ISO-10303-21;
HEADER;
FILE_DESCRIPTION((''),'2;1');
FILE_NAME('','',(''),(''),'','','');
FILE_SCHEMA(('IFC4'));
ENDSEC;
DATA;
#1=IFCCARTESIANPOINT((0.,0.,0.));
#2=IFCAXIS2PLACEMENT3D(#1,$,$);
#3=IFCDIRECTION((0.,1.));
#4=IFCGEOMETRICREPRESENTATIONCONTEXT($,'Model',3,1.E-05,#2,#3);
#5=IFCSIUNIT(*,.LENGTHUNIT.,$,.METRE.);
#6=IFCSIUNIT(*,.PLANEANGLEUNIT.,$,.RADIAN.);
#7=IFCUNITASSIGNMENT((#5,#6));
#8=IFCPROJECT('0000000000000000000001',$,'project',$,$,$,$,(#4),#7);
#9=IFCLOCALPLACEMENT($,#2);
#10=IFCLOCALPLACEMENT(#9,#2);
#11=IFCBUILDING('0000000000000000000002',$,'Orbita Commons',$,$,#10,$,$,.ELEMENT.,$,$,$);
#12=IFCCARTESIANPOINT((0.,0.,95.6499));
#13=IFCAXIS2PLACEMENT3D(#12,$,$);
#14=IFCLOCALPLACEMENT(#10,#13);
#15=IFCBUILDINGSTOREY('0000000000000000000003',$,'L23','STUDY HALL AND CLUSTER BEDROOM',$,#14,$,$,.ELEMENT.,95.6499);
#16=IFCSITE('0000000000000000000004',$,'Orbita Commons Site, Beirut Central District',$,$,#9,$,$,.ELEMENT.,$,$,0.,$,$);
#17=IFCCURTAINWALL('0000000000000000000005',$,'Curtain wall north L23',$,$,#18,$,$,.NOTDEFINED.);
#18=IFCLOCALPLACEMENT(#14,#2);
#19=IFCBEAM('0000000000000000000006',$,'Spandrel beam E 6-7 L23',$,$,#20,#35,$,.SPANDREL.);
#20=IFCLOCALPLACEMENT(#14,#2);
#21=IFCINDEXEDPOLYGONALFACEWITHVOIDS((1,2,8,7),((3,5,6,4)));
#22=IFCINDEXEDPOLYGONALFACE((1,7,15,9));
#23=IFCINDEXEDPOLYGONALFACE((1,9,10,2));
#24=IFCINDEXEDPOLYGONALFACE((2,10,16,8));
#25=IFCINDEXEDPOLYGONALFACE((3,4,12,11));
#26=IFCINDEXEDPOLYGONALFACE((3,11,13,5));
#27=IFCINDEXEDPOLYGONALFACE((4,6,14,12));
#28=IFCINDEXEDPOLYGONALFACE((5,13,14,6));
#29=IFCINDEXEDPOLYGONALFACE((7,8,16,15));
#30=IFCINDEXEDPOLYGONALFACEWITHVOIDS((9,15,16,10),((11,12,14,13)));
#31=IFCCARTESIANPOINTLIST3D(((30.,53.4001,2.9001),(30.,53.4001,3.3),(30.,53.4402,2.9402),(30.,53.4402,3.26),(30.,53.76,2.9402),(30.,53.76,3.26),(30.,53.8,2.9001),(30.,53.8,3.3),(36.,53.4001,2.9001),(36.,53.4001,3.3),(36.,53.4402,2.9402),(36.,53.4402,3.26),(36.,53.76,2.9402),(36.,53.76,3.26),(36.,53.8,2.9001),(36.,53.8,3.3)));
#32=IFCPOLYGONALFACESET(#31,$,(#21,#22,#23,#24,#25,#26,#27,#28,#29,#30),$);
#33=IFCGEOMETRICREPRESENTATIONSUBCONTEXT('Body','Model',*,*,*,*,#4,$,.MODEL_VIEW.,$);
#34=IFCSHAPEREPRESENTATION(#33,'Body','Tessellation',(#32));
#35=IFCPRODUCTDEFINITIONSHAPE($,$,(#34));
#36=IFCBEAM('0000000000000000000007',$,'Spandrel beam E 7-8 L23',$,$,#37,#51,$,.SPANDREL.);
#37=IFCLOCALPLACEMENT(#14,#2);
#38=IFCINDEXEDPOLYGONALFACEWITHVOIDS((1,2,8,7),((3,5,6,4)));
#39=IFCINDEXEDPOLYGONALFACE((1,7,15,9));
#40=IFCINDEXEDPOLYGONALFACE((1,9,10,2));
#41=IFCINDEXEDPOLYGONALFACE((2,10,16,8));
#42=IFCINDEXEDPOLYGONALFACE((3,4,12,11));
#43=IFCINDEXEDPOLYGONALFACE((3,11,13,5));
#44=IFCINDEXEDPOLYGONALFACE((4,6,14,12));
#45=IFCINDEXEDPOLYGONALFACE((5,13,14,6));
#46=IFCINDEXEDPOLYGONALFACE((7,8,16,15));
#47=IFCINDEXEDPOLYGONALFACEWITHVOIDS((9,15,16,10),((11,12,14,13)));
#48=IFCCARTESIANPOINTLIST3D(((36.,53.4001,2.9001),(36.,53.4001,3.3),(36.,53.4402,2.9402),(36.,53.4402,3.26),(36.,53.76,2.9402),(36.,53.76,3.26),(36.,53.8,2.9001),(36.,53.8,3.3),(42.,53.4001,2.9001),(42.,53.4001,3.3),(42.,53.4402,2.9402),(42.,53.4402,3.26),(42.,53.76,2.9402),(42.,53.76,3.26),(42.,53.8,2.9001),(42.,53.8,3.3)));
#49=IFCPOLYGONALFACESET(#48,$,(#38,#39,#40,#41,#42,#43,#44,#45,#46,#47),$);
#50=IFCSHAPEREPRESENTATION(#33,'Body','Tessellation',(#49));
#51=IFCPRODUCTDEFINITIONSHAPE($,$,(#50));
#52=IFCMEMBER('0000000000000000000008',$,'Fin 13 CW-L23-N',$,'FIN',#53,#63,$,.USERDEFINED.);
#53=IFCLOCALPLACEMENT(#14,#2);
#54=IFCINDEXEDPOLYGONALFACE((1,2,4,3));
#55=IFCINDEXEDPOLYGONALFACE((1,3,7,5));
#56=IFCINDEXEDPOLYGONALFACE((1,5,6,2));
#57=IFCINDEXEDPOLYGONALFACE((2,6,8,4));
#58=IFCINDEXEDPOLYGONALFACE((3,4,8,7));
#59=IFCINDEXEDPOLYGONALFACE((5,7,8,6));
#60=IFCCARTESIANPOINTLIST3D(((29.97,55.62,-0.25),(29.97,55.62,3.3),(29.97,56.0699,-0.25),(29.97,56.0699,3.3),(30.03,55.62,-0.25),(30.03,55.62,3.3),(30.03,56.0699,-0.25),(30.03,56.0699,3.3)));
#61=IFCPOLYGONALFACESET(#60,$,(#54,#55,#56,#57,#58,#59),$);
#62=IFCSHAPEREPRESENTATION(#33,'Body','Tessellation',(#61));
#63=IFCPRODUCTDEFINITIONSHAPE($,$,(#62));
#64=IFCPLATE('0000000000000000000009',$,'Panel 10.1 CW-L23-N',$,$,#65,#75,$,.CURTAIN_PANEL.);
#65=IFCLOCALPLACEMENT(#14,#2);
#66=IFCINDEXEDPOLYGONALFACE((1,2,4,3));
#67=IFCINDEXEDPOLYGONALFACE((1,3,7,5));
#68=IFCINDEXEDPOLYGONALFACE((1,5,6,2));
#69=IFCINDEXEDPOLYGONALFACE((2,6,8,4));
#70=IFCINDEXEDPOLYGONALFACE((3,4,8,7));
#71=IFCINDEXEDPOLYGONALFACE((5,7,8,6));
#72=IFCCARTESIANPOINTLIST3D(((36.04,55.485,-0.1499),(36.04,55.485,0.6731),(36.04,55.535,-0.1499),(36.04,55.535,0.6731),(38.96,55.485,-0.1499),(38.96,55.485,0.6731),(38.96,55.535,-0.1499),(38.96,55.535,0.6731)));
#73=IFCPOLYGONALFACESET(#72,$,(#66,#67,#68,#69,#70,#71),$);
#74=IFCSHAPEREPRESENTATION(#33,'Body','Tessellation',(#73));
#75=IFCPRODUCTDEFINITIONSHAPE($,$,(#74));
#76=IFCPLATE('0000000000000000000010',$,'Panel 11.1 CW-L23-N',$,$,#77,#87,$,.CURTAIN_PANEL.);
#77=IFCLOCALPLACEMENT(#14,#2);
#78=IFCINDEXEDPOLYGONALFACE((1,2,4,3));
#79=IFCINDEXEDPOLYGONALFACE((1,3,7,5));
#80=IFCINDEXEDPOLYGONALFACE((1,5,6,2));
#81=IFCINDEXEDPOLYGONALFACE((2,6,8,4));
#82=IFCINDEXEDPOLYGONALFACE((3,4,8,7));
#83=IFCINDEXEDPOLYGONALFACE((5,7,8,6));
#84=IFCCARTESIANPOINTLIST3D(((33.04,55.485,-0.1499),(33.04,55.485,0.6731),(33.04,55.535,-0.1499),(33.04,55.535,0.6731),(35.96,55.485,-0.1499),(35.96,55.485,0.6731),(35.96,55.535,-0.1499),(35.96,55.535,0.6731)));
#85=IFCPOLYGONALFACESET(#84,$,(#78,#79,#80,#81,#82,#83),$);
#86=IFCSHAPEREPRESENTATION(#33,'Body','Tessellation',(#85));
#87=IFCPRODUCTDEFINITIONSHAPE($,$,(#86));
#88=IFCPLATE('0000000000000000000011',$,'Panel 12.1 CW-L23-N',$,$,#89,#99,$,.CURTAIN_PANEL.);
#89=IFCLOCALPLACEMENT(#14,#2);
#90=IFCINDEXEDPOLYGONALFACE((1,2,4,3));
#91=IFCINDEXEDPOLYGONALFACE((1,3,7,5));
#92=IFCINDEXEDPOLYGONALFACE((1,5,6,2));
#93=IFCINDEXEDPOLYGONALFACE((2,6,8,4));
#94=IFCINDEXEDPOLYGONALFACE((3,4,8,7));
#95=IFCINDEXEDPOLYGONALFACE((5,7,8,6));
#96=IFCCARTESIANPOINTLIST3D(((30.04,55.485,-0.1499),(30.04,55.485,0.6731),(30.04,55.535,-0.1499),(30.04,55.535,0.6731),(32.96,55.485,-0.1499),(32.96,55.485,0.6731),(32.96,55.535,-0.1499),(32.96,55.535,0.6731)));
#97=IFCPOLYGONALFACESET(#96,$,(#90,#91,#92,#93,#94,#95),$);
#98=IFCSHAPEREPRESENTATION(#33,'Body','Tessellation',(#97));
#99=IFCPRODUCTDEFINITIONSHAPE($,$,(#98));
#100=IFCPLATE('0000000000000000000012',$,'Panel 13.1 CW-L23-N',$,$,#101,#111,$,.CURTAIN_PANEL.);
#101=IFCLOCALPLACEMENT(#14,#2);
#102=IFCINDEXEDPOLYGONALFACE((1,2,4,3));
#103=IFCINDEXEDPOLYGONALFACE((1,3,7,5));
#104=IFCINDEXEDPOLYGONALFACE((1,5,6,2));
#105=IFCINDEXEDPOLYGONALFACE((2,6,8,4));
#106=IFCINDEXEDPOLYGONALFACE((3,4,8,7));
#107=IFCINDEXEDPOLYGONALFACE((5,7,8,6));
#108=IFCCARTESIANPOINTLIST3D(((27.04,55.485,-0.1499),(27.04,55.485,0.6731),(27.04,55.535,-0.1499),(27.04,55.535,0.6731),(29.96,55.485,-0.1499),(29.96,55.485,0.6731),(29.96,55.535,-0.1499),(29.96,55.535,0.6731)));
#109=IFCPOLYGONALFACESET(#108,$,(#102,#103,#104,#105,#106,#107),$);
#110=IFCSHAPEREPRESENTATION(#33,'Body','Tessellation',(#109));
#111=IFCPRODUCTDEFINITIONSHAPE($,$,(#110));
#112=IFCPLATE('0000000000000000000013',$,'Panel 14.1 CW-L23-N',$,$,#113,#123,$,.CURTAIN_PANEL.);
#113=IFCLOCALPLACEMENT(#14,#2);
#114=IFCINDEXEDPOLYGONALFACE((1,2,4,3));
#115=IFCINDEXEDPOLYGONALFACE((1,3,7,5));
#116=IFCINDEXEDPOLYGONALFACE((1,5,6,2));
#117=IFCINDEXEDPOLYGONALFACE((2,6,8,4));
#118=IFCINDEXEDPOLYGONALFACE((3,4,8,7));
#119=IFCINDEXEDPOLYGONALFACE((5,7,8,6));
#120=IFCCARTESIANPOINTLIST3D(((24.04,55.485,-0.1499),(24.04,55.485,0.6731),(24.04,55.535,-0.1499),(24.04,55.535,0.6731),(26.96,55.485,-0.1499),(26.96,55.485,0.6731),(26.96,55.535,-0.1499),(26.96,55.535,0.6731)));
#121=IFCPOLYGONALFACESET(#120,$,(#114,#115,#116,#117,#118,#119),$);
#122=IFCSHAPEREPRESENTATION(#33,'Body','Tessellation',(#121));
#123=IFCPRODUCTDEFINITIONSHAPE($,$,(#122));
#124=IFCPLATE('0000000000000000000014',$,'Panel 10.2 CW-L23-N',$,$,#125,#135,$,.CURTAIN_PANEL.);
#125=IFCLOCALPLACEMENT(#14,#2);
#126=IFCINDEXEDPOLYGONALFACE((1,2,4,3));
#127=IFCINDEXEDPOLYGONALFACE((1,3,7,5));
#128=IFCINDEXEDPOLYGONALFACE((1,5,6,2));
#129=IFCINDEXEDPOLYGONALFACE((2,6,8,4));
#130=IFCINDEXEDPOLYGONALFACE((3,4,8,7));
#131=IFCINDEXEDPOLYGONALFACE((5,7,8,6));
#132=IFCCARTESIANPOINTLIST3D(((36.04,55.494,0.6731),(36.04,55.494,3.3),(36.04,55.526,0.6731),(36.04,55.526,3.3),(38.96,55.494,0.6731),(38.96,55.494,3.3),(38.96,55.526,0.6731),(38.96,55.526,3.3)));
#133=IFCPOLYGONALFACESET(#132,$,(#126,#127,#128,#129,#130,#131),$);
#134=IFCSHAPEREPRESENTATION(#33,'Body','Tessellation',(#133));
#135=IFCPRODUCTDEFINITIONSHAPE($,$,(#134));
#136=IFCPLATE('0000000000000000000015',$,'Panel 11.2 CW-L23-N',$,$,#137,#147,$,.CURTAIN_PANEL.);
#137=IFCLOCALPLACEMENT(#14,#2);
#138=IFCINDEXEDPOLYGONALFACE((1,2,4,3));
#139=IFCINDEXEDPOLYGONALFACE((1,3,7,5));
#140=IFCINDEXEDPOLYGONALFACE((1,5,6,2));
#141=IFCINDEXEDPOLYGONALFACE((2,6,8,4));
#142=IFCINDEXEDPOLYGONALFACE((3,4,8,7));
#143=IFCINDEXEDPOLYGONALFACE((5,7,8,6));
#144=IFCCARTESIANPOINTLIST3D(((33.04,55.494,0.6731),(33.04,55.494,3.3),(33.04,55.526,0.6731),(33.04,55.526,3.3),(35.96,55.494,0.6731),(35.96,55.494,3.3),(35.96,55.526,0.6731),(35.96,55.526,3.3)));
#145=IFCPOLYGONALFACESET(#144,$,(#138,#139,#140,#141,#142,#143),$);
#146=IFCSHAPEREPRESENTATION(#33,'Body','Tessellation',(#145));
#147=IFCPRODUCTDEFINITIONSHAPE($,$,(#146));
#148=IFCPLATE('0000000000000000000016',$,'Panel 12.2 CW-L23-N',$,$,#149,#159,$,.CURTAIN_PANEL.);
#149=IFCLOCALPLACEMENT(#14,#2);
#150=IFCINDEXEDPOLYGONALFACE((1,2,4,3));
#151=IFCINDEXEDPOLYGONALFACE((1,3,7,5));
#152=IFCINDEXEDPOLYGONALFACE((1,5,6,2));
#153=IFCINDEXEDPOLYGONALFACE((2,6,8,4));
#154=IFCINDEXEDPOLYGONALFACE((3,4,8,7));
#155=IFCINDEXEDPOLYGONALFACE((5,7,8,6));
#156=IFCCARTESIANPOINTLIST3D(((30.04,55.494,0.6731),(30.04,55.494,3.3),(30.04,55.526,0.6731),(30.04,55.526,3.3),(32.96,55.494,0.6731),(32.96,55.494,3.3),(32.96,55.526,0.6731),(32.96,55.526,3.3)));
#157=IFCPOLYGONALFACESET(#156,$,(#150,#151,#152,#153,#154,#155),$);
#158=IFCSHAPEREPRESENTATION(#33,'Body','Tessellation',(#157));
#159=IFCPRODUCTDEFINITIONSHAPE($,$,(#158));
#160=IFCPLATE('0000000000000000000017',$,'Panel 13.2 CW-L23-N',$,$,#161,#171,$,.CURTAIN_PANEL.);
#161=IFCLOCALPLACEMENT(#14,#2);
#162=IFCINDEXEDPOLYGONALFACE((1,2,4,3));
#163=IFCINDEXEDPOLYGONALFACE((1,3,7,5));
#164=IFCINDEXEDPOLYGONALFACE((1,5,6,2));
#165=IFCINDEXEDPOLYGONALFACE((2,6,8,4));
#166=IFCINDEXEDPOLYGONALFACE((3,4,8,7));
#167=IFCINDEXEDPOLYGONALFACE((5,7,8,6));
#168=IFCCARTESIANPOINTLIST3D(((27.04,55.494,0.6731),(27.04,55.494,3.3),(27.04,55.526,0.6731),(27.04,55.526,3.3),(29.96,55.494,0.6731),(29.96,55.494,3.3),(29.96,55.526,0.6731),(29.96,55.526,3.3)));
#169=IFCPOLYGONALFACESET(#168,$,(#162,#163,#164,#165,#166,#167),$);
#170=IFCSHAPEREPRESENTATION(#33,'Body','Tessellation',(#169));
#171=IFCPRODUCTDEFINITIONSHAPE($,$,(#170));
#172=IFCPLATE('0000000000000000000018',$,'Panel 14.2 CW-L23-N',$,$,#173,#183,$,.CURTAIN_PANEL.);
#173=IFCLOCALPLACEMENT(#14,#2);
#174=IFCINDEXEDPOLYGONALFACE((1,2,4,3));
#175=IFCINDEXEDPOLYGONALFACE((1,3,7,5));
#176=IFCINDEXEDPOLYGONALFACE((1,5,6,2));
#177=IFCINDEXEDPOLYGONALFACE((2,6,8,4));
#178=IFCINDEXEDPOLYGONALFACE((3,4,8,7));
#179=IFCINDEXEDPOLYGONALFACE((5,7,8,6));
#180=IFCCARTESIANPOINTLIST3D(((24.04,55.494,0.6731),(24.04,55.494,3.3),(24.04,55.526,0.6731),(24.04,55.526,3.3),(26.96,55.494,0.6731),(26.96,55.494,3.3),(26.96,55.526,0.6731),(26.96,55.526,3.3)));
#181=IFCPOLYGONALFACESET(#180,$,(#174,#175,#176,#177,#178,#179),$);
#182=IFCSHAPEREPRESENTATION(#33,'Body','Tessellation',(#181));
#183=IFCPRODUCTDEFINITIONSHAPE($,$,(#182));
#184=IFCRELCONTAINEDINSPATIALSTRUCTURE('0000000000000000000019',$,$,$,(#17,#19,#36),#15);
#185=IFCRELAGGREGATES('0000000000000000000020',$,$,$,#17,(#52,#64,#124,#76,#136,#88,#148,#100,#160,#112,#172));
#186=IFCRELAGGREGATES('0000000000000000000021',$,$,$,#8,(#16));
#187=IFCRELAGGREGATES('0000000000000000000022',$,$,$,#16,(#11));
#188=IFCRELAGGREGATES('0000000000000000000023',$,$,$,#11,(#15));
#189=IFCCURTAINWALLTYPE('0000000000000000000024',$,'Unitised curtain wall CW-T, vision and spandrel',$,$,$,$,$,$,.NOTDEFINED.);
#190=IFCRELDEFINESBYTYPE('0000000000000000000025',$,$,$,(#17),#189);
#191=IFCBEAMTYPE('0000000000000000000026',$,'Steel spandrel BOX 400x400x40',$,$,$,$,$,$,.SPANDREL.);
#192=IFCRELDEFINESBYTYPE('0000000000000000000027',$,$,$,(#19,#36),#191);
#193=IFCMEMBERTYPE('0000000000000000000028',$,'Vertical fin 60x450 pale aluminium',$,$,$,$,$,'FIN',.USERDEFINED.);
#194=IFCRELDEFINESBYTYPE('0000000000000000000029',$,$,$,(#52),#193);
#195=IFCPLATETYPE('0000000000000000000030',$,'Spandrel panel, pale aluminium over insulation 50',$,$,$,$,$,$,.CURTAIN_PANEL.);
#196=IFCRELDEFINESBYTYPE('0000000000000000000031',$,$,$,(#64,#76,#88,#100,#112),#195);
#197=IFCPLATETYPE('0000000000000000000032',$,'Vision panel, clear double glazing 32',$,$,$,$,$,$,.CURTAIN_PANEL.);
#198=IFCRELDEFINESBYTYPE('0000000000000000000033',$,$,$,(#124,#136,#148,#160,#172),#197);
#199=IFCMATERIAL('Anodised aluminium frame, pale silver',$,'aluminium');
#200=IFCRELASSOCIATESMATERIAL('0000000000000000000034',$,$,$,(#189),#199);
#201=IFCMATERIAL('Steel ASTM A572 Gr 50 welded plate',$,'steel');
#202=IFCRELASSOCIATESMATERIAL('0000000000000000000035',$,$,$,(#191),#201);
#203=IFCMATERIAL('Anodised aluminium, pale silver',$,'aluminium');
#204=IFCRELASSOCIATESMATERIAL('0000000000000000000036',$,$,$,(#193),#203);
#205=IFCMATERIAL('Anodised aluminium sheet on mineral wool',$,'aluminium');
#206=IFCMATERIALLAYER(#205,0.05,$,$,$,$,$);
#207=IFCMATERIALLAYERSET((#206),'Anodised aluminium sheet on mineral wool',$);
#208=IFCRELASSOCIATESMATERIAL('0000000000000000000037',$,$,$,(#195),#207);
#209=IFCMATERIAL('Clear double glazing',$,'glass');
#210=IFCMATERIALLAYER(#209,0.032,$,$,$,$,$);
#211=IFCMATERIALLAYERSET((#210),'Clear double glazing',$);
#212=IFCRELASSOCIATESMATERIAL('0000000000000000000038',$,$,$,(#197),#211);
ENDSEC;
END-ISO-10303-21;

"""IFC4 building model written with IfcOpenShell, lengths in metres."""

from ifc_helpers import new_model, si_unit, direction, frame, origin, origin_2d, place, context, subcontext, project, spatial, rectangle, hollow_rectangle, extrude, material, layer, layer_set, material_profile, profile_set, type_object, element, aggregate, save


model = new_model("IFC4")

# Units and contexts
model_context = context("Model", 3, precision=1e-05, world=origin(), true_north=direction((0.0, 1.0)))
body_context = subcontext(model_context, "Body", "Model", "MODEL_VIEW")
ifc_project = project(units=[si_unit("LENGTHUNIT", "METRE"), si_unit("PLANEANGLEUNIT", "RADIAN")], contexts=[model_context])

# Site, building, storey
site_placement = place(None, origin())
site = spatial("IfcSite", under=ifc_project, at=site_placement, Name="Orbita Commons Site, Beirut Central District", CompositionType="ELEMENT", RefElevation=0.0)
building_placement = place(site_placement, origin())
building = spatial("IfcBuilding", under=site, at=building_placement, Name="Orbita Commons", CompositionType="ELEMENT")
storey_placement = place(building_placement, frame((0.0, 0.0, 95.6499)))
storey = spatial("IfcBuildingStorey", under=building, at=storey_placement, Name="L23", Description="STUDY HALL AND CLUSTER BEDROOM", CompositionType="ELEMENT", Elevation=95.6499)

# Curtain wall
ifc_material_1 = material(Name="Anodised aluminium frame, pale silver", Category="aluminium")
curtain_wall_type = type_object("IfcCurtainWallType", Name="Unitised curtain wall CW-T, vision and spandrel", PredefinedType="NOTDEFINED", material=ifc_material_1)
curtain_wall_placement = place(storey_placement, origin())
curtain_wall = element("IfcCurtainWall", 1, at=curtain_wall_placement, inside=storey, type_object=curtain_wall_type, Name="Curtain wall north L23", PredefinedType="NOTDEFINED")

# Beams
ifc_material_2 = material(Name="Steel ASTM A572 Gr 50 welded plate", Category="steel")
ifc_material_profile_1 = material_profile(ifc_material_2, hollow_rectangle(XDim=0.3999, YDim=0.3999, WallThickness=0.04, at=origin_2d()), Name="BOX 400x400x40")
ifc_profile_set_1 = profile_set([ifc_material_profile_1], Name="Steel ASTM A572 Gr 50 welded plate")
beam_type = type_object("IfcBeamType", Name="Steel spandrel BOX 400x400x40", PredefinedType="SPANDREL", material=ifc_profile_set_1)
for number, where, z_axis, x_axis, name in (
    (2, (30.0, 53.6001, 3.1001), (1.0, 0.0, 0.0), (0.0, 1.0, 0.0), "Spandrel beam E 6-7 L23"),
    (3, (36.0, 53.6001, 3.1001), (1.0, 0.0, 0.0), (0.0, 1.0, 0.0), "Spandrel beam E 7-8 L23"),
):
    element("IfcBeam", number, at=place(storey_placement, frame(where, z_axis=z_axis, x_axis=x_axis)), inside=storey, type_object=beam_type, Name=name, PredefinedType="SPANDREL", context=body_context, shape_type="SweptSolid", body=[
        extrude(hollow_rectangle(XDim=0.3999, YDim=0.3999, WallThickness=0.04, at=origin_2d()), origin(), (0.0, 0.0, 1.0), 6.0),
    ])

# Member
ifc_material_3 = material(Name="Anodised aluminium, pale silver", Category="aluminium")
ifc_material_profile_2 = material_profile(ifc_material_3, rectangle(XDim=0.0601, YDim=0.45, at=origin_2d()), Name="FIN 60x450")
ifc_profile_set_2 = profile_set([ifc_material_profile_2], Name="Anodised aluminium, pale silver")
member_type_1 = type_object("IfcMemberType", Name="Vertical fin 60x450 pale aluminium", ElementType="FIN", PredefinedType="USERDEFINED", material=ifc_profile_set_2)
member_1_placement = place(storey_placement, frame((30.0, 55.845, -0.25), z_axis=(0.0, 0.0, 1.0), x_axis=(-1.0, 0.0, 0.0)))
member_1 = element("IfcMember", 4, at=member_1_placement, type_object=member_type_1, Name="Fin 13 CW-L23-N", ObjectType="FIN", PredefinedType="USERDEFINED", context=body_context, shape_type="SweptSolid", body=[
    extrude(rectangle(XDim=0.0601, YDim=0.45, at=origin_2d()), origin(), (0.0, 0.0, 1.0), 3.55),
])

# Plates
ifc_material_4 = material(Name="Anodised aluminium sheet on mineral wool", Category="aluminium")
ifc_layer_1 = layer(ifc_material_4, 0.05)
ifc_layer_set_1 = layer_set([ifc_layer_1], Name="Anodised aluminium sheet on mineral wool")
plate_type_1 = type_object("IfcPlateType", Name="Spandrel panel, pale aluminium over insulation 50", PredefinedType="CURTAIN_PANEL", material=ifc_layer_set_1)
plate_1_placement = place(storey_placement, frame((37.5, 55.51, -0.1499), z_axis=(0.0, 0.0, 1.0), x_axis=(-1.0, 0.0, 0.0)))
plate_1 = element("IfcPlate", 5, at=plate_1_placement, type_object=plate_type_1, Name="Panel 10.1 CW-L23-N", PredefinedType="CURTAIN_PANEL", context=body_context, shape_type="SweptSolid", body=[
    extrude(rectangle(XDim=2.9199, YDim=0.05, at=origin_2d()), origin(), (0.0, 0.0, 1.0), 0.823),
])
plate_2_placement = place(storey_placement, frame((34.5, 55.51, -0.1499), z_axis=(0.0, 0.0, 1.0), x_axis=(-1.0, 0.0, 0.0)))
plate_2 = element("IfcPlate", 6, at=plate_2_placement, type_object=plate_type_1, Name="Panel 11.1 CW-L23-N", PredefinedType="CURTAIN_PANEL", context=body_context, shape_type="SweptSolid", body=[
    extrude(rectangle(XDim=2.9199, YDim=0.05, at=origin_2d()), origin(), (0.0, 0.0, 1.0), 0.823),
])
plate_3_placement = place(storey_placement, frame((31.5, 55.51, -0.1499), z_axis=(0.0, 0.0, 1.0), x_axis=(-1.0, 0.0, 0.0)))
plate_3 = element("IfcPlate", 7, at=plate_3_placement, type_object=plate_type_1, Name="Panel 12.1 CW-L23-N", PredefinedType="CURTAIN_PANEL", context=body_context, shape_type="SweptSolid", body=[
    extrude(rectangle(XDim=2.9199, YDim=0.05, at=origin_2d()), origin(), (0.0, 0.0, 1.0), 0.823),
])
plate_4_placement = place(storey_placement, frame((28.5, 55.51, -0.1499), z_axis=(0.0, 0.0, 1.0), x_axis=(-1.0, 0.0, 0.0)))
plate_4 = element("IfcPlate", 8, at=plate_4_placement, type_object=plate_type_1, Name="Panel 13.1 CW-L23-N", PredefinedType="CURTAIN_PANEL", context=body_context, shape_type="SweptSolid", body=[
    extrude(rectangle(XDim=2.9199, YDim=0.05, at=origin_2d()), origin(), (0.0, 0.0, 1.0), 0.823),
])
plate_5_placement = place(storey_placement, frame((25.5, 55.51, -0.1499), z_axis=(0.0, 0.0, 1.0), x_axis=(-1.0, 0.0, 0.0)))
plate_5 = element("IfcPlate", 9, at=plate_5_placement, type_object=plate_type_1, Name="Panel 14.1 CW-L23-N", PredefinedType="CURTAIN_PANEL", context=body_context, shape_type="SweptSolid", body=[
    extrude(rectangle(XDim=2.9199, YDim=0.05, at=origin_2d()), origin(), (0.0, 0.0, 1.0), 0.823),
])
ifc_material_5 = material(Name="Clear double glazing", Category="glass")
ifc_layer_2 = layer(ifc_material_5, 0.032)
ifc_layer_set_2 = layer_set([ifc_layer_2], Name="Clear double glazing")
plate_type_2 = type_object("IfcPlateType", Name="Vision panel, clear double glazing 32", PredefinedType="CURTAIN_PANEL", material=ifc_layer_set_2)
plate_6_placement = place(storey_placement, frame((37.5, 55.51, 0.6731), z_axis=(0.0, 0.0, 1.0), x_axis=(-1.0, 0.0, 0.0)))
plate_6 = element("IfcPlate", 10, at=plate_6_placement, type_object=plate_type_2, Name="Panel 10.2 CW-L23-N", PredefinedType="CURTAIN_PANEL", context=body_context, shape_type="SweptSolid", body=[
    extrude(rectangle(XDim=2.9199, YDim=0.032, at=origin_2d()), origin(), (0.0, 0.0, 1.0), 2.627),
])
plate_7_placement = place(storey_placement, frame((34.5, 55.51, 0.6731), z_axis=(0.0, 0.0, 1.0), x_axis=(-1.0, 0.0, 0.0)))
plate_7 = element("IfcPlate", 11, at=plate_7_placement, type_object=plate_type_2, Name="Panel 11.2 CW-L23-N", PredefinedType="CURTAIN_PANEL", context=body_context, shape_type="SweptSolid", body=[
    extrude(rectangle(XDim=2.9199, YDim=0.032, at=origin_2d()), origin(), (0.0, 0.0, 1.0), 2.627),
])
plate_8_placement = place(storey_placement, frame((31.5, 55.51, 0.6731), z_axis=(0.0, 0.0, 1.0), x_axis=(-1.0, 0.0, 0.0)))
plate_8 = element("IfcPlate", 12, at=plate_8_placement, type_object=plate_type_2, Name="Panel 12.2 CW-L23-N", PredefinedType="CURTAIN_PANEL", context=body_context, shape_type="SweptSolid", body=[
    extrude(rectangle(XDim=2.9199, YDim=0.032, at=origin_2d()), origin(), (0.0, 0.0, 1.0), 2.627),
])
plate_9_placement = place(storey_placement, frame((28.5, 55.51, 0.6731), z_axis=(0.0, 0.0, 1.0), x_axis=(-1.0, 0.0, 0.0)))
plate_9 = element("IfcPlate", 13, at=plate_9_placement, type_object=plate_type_2, Name="Panel 13.2 CW-L23-N", PredefinedType="CURTAIN_PANEL", context=body_context, shape_type="SweptSolid", body=[
    extrude(rectangle(XDim=2.9199, YDim=0.032, at=origin_2d()), origin(), (0.0, 0.0, 1.0), 2.627),
])
plate_10_placement = place(storey_placement, frame((25.5, 55.51, 0.6731), z_axis=(0.0, 0.0, 1.0), x_axis=(-1.0, 0.0, 0.0)))
plate_10 = element("IfcPlate", 14, at=plate_10_placement, type_object=plate_type_2, Name="Panel 14.2 CW-L23-N", PredefinedType="CURTAIN_PANEL", context=body_context, shape_type="SweptSolid", body=[
    extrude(rectangle(XDim=2.9199, YDim=0.032, at=origin_2d()), origin(), (0.0, 0.0, 1.0), 2.627),
])
aggregate(curtain_wall, [member_1, plate_1, plate_6, plate_2, plate_7, plate_3, plate_8, plate_4, plate_9, plate_5, plate_10])

save(model, "model.ifc")
